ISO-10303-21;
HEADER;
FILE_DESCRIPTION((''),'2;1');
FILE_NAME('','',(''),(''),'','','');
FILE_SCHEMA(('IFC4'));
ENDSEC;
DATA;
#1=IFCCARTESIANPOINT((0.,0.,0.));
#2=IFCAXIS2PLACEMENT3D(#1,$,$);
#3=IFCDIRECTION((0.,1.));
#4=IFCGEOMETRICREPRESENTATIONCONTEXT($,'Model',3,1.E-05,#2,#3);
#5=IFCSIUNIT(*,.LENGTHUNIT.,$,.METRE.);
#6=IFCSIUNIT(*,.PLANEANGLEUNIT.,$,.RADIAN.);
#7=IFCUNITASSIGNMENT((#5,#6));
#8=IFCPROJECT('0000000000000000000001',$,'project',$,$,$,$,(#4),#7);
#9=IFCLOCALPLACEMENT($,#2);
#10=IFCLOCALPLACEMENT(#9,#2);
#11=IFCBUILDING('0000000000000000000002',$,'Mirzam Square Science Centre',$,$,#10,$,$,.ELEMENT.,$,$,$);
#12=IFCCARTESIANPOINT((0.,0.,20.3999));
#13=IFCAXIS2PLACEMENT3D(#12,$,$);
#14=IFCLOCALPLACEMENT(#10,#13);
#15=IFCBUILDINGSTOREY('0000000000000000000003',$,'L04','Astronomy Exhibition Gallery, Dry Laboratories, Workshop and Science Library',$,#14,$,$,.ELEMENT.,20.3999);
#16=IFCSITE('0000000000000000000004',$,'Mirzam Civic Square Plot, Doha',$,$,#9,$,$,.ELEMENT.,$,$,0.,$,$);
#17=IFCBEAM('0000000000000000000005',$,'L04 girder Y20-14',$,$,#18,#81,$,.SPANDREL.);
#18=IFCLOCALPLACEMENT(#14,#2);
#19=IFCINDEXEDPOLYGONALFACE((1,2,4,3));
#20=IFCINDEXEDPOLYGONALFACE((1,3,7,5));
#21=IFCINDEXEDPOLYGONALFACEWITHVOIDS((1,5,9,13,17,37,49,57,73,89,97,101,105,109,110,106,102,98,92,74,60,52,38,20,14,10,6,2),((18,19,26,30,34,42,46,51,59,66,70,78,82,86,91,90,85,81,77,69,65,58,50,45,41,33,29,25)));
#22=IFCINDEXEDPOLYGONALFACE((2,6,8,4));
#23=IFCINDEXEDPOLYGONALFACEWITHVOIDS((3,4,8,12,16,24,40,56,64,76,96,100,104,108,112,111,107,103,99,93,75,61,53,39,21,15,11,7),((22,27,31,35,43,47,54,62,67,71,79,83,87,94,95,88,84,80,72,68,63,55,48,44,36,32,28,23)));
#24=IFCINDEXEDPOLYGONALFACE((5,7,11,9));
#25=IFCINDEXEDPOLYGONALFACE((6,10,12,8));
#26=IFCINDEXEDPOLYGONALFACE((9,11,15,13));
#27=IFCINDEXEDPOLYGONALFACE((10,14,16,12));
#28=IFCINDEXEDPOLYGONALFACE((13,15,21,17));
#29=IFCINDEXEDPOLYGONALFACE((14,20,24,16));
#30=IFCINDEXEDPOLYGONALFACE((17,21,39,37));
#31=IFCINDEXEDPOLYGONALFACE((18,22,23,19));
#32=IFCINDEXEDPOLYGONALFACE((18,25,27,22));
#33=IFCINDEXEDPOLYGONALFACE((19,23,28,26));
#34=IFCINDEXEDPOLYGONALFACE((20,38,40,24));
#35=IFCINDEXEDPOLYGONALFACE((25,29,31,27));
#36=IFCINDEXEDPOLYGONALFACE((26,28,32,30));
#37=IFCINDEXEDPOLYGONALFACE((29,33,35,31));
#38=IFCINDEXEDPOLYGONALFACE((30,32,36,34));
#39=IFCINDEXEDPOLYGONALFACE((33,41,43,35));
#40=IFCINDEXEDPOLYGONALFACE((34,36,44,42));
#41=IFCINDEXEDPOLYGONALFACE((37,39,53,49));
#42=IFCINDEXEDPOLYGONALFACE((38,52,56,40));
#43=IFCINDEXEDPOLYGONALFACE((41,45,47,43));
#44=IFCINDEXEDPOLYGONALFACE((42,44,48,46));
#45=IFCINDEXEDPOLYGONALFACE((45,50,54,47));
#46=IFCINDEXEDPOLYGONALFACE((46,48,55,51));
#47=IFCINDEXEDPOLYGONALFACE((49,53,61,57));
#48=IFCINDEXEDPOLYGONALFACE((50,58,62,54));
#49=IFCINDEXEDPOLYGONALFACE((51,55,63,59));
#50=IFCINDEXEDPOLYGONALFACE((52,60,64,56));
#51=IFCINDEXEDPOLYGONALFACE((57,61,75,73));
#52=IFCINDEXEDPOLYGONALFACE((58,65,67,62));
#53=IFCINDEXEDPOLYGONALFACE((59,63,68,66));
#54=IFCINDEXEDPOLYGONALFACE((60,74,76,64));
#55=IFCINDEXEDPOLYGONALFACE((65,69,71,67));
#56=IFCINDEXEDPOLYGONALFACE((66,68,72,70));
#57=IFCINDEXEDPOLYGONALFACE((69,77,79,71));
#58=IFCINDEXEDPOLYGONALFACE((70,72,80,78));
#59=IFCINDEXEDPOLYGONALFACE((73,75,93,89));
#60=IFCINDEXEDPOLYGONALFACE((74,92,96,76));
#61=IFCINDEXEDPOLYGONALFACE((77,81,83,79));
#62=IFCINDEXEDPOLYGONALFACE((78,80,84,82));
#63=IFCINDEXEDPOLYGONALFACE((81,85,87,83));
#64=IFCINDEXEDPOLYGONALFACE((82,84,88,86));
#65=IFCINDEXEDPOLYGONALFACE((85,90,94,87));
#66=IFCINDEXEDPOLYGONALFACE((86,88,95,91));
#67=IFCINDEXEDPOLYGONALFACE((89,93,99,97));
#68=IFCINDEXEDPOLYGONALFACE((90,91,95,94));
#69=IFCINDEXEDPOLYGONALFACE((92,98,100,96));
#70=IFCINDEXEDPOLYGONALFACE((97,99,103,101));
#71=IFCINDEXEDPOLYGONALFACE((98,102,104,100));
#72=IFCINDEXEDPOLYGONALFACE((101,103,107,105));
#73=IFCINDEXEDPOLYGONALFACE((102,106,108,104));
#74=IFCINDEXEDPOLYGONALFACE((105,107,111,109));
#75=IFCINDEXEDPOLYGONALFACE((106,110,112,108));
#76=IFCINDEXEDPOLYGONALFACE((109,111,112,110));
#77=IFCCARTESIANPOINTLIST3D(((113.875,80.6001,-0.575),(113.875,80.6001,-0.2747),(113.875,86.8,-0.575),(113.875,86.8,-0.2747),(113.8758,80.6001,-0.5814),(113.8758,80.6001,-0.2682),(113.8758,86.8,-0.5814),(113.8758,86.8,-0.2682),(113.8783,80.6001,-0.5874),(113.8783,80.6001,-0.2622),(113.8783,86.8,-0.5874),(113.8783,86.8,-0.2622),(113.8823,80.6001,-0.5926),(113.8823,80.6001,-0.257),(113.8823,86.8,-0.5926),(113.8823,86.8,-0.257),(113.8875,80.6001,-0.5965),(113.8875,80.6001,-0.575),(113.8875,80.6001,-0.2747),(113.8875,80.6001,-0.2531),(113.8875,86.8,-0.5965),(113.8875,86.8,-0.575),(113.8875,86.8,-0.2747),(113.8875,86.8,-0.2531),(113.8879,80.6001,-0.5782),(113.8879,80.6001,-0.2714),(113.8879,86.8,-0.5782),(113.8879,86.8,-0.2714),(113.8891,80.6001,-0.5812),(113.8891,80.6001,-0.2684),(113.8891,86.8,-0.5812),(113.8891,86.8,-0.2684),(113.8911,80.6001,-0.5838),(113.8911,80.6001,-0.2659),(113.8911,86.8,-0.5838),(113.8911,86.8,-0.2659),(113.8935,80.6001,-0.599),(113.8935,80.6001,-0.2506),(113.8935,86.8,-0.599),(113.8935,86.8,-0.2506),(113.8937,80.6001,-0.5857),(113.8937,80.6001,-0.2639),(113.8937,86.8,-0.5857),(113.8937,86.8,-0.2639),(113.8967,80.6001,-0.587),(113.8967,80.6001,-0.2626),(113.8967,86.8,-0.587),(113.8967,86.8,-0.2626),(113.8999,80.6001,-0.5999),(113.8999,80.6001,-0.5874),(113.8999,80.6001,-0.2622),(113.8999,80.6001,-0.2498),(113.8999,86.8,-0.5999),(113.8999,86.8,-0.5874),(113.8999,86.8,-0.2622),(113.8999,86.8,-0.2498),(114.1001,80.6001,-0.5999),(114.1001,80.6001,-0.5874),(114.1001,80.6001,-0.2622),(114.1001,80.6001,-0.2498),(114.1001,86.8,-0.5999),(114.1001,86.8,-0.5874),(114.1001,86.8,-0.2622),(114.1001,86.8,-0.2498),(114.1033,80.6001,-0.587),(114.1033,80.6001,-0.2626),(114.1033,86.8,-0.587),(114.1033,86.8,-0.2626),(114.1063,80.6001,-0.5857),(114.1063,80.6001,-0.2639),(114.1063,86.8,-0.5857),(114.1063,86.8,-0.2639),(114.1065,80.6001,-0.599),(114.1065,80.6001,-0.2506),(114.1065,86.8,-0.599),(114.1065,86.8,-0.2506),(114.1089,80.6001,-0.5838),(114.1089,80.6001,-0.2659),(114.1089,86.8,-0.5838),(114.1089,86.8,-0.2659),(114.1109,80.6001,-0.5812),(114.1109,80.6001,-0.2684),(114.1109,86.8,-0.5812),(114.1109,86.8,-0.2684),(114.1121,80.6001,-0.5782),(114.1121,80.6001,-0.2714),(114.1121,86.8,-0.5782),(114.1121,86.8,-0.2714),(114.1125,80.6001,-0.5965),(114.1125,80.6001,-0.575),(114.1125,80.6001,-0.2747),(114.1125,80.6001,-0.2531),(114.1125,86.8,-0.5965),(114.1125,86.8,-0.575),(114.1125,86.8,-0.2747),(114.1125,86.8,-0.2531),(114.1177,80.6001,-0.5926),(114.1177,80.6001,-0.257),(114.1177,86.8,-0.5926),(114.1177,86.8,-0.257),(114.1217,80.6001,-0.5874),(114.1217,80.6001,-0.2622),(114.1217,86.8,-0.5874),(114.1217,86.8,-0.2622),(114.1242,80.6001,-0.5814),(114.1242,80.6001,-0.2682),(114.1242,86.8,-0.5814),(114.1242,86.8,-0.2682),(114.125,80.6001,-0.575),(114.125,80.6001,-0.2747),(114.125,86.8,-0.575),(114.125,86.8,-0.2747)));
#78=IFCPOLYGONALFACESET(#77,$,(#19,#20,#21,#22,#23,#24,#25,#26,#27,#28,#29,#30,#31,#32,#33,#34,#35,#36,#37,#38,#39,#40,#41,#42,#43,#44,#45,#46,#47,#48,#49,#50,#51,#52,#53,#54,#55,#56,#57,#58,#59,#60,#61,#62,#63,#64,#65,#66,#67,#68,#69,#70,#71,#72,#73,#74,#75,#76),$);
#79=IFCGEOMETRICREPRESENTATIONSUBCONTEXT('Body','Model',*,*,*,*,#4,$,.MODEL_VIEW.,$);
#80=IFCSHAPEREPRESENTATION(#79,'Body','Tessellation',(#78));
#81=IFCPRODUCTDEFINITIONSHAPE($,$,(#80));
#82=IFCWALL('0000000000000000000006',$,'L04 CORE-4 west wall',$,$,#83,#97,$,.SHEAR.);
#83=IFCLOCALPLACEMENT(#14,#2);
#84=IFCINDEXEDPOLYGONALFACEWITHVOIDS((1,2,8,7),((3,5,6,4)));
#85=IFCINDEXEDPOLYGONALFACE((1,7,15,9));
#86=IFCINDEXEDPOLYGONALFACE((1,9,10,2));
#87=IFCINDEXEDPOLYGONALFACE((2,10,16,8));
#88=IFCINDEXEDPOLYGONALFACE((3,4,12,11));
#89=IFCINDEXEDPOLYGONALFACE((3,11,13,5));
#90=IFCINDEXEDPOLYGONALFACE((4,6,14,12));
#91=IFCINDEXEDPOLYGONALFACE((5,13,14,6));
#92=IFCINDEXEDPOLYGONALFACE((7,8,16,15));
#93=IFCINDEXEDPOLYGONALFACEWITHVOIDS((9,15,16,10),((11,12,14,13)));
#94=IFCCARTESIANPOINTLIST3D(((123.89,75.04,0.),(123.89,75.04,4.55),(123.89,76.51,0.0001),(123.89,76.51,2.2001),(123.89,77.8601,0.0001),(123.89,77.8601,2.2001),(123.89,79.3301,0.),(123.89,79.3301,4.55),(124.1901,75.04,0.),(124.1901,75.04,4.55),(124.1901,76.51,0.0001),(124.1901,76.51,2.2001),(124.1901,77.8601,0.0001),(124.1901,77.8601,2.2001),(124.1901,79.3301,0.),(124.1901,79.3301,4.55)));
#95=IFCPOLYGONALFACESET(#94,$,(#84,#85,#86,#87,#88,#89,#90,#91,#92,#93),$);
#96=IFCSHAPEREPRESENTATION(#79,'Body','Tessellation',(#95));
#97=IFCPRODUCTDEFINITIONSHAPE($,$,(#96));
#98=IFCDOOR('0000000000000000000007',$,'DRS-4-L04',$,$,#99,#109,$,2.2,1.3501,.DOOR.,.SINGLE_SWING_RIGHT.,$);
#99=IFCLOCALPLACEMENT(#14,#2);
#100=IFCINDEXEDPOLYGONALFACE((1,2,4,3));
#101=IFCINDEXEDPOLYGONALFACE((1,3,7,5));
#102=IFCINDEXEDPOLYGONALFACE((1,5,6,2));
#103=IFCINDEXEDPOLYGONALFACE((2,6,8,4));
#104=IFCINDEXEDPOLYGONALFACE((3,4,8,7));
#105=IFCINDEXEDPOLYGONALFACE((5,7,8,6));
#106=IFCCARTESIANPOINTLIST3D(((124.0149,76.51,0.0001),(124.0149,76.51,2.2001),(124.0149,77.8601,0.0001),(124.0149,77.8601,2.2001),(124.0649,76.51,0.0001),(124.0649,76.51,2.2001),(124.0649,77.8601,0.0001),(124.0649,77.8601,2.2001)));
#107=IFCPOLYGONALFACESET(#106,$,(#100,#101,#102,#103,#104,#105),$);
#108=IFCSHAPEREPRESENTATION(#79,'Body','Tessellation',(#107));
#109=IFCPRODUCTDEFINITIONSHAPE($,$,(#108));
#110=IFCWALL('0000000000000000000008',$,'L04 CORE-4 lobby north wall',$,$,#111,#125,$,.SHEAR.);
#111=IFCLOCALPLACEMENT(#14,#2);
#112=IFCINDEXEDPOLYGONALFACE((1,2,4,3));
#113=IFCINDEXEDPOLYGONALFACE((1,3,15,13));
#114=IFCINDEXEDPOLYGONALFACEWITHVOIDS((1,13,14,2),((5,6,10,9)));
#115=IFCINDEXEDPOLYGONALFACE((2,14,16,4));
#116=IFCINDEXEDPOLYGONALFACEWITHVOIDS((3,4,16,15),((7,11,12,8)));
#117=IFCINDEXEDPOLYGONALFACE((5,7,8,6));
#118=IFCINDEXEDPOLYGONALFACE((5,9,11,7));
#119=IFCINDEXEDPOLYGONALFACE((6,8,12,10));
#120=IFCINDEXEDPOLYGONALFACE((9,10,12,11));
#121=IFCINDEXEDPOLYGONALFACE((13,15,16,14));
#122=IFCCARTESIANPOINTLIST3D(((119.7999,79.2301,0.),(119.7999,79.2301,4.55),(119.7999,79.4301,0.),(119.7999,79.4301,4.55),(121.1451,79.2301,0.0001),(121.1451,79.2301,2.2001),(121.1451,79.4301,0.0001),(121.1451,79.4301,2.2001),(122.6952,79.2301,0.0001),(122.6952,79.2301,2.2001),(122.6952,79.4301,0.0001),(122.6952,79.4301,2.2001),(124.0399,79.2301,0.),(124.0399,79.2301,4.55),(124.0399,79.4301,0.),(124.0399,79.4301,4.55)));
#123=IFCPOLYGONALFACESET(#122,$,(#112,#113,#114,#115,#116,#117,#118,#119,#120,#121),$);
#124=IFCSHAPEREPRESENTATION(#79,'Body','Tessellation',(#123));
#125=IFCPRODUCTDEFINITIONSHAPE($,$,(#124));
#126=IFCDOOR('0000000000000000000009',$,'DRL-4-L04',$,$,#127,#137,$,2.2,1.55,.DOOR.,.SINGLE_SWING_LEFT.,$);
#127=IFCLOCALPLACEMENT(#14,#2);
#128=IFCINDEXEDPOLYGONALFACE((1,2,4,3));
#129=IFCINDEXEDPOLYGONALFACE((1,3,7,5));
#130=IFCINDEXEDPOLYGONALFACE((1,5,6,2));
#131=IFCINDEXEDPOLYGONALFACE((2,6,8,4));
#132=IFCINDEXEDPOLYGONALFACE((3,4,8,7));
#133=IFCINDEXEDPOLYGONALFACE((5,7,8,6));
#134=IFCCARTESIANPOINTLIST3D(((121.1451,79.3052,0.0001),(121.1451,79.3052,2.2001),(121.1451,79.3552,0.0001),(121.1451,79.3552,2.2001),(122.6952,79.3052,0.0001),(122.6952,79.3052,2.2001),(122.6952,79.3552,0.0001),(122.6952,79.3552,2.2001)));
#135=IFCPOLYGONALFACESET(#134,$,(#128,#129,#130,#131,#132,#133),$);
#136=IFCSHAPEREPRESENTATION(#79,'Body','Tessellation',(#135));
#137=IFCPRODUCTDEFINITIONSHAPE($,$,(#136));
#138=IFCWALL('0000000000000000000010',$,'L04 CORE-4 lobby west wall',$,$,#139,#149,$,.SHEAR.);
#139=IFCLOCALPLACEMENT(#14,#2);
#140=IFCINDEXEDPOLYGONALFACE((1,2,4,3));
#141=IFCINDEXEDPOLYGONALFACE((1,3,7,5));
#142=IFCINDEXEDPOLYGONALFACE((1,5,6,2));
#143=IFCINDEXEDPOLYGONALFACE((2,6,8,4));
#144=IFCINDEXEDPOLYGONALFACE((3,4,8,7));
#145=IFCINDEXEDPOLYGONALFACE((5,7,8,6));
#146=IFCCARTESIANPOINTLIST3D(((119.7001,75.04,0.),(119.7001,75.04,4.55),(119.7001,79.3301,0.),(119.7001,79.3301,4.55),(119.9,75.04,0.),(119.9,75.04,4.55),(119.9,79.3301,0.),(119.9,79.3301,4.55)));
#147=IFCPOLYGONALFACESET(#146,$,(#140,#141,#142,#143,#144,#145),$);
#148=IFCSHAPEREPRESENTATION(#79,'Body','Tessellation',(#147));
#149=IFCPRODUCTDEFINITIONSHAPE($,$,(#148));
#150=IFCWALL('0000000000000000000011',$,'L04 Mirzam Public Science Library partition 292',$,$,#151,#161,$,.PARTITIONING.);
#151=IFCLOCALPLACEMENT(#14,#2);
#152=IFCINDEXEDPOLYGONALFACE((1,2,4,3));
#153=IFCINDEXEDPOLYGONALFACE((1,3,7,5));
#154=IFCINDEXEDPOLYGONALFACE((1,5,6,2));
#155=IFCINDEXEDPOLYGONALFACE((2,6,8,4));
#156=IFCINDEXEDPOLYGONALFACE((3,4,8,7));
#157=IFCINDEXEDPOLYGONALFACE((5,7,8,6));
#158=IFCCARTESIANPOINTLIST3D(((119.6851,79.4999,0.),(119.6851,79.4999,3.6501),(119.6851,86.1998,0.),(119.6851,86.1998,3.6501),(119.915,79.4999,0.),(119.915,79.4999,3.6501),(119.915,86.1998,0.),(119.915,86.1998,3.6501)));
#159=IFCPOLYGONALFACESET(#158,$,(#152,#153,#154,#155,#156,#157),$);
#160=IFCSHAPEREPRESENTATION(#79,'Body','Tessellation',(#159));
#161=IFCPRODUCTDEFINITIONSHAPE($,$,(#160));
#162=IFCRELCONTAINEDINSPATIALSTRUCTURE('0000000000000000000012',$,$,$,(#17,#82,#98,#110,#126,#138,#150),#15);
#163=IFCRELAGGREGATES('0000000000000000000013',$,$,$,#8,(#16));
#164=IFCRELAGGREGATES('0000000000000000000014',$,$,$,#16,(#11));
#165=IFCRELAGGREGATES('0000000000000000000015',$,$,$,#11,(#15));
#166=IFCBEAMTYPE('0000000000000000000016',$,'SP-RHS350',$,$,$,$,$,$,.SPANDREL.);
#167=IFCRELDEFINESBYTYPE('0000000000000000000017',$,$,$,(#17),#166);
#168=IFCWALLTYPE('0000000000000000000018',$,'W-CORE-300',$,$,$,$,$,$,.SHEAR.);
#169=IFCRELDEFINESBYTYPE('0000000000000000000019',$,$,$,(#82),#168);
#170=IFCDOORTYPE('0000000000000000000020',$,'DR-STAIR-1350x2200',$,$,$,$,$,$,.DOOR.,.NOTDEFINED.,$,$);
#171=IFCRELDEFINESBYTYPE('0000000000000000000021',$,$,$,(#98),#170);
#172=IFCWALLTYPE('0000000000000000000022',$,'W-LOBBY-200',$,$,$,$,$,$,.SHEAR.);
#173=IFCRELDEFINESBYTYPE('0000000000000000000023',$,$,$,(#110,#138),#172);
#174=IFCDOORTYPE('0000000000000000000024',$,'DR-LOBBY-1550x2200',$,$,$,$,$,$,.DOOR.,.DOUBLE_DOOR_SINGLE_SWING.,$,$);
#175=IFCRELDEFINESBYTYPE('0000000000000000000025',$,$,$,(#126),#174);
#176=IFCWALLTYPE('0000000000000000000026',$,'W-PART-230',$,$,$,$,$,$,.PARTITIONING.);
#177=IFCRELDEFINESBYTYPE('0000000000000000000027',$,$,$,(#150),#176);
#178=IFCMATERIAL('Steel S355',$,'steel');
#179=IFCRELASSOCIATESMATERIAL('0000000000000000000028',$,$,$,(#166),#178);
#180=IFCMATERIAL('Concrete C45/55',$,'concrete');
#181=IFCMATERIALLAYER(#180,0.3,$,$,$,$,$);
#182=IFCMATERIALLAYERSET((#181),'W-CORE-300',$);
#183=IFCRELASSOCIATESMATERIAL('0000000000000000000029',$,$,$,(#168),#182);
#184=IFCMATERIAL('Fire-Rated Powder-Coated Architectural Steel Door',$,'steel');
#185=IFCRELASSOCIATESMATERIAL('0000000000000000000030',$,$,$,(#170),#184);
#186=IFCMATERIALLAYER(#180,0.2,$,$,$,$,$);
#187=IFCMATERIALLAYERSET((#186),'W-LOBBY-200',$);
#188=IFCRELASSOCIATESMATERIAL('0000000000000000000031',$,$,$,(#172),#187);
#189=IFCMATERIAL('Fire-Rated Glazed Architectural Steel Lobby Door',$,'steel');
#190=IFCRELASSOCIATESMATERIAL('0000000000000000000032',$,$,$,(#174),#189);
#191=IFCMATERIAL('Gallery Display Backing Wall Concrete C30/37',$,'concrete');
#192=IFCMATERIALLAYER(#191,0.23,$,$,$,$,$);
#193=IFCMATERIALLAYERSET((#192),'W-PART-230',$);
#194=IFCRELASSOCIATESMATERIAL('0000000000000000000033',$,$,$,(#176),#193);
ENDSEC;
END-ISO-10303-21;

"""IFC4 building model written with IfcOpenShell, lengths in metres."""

from ifc_helpers import new_model, si_unit, direction, frame, frame_2d, origin, origin_2d, place, context, subcontext, project, spatial, rectangle, hollow_rectangle, extrude, material, layer, layer_set, material_profile, profile_set, type_object, element, fill, save


model = new_model("IFC4")

# Units and contexts
model_context = context("Model", 3, precision=1e-05, world=origin(), true_north=direction((0.0, 1.0)))
body_context = subcontext(model_context, "Body", "Model", "MODEL_VIEW")
ifc_project = project(units=[si_unit("LENGTHUNIT", "METRE"), si_unit("PLANEANGLEUNIT", "RADIAN")], contexts=[model_context])

# Site, building, storey
site_placement = place(None, origin())
site = spatial("IfcSite", under=ifc_project, at=site_placement, Name="Mirzam Civic Square Plot, Doha", CompositionType="ELEMENT", RefElevation=0.0)
building_placement = place(site_placement, origin())
building = spatial("IfcBuilding", under=site, at=building_placement, Name="Mirzam Square Science Centre", CompositionType="ELEMENT")
storey_placement = place(building_placement, frame((0.0, 0.0, 20.3999)))
storey = spatial("IfcBuildingStorey", under=building, at=storey_placement, Name="L04", Description="Astronomy Exhibition Gallery, Dry Laboratories, Workshop and Science Library", CompositionType="ELEMENT", Elevation=20.3999)

# Shared definitions
ifc_material_1 = material(Name="Steel S355", Category="steel")

# Beam
ifc_material_profile_1 = material_profile(ifc_material_1, hollow_rectangle(XDim=0.25, YDim=0.3501, WallThickness=0.0125, InnerFilletRadius=0.0125, OuterFilletRadius=0.0249, at=origin_2d()), Name="350x250x12.5RHS")
ifc_profile_set_1 = profile_set([ifc_material_profile_1], Name="Steel S355")
beam_type_1 = type_object("IfcBeamType", Name="SP-RHS350", PredefinedType="SPANDREL", material=ifc_profile_set_1)
beam_1_placement = place(storey_placement, frame((114.0, 80.6001, -0.4248), z_axis=(0.0, 1.0, 0.0), x_axis=(-1.0, 0.0, 0.0)))
element("IfcBeam", 1, at=beam_1_placement, inside=storey, type_object=beam_type_1, Name="L04 girder Y20-14", PredefinedType="SPANDREL", context=body_context, shape_type="SweptSolid", body=[
    extrude(hollow_rectangle(XDim=0.25, YDim=0.3501, WallThickness=0.0125, InnerFilletRadius=0.0125, OuterFilletRadius=0.0249, at=origin_2d()), origin(), (0.0, 0.0, 1.0), 6.2),
])

# Walls, openings, doors
ifc_material_2 = material(Name="Concrete C45/55", Category="concrete")
ifc_layer_1 = layer(ifc_material_2, 0.3)
ifc_layer_set_1 = layer_set([ifc_layer_1], Name="W-CORE-300")
wall_type_1 = type_object("IfcWallType", Name="W-CORE-300", PredefinedType="SHEAR", material=ifc_layer_set_1)
wall_1_placement = place(storey_placement, frame((124.04, 79.3301, 0.0), z_axis=(0.0, 0.0, 1.0), x_axis=(0.0, -1.0, 0.0)))
wall_1 = element("IfcWall", 2, at=wall_1_placement, inside=storey, type_object=wall_type_1, Name="L04 CORE-4 west wall", PredefinedType="SHEAR", context=body_context, shape_type="SweptSolid", body=[
    extrude(rectangle(XDim=4.29, YDim=0.3, at=frame_2d((2.145, 0.0))), origin(), (0.0, 0.0, 1.0), 4.55),
])
opening_1_placement = place(wall_1_placement, frame((1.47, 0.0, 0.0)))
opening_1 = element("IfcOpeningElement", 3, at=opening_1_placement, cuts=wall_1, PredefinedType="OPENING", context=body_context, shape_type="SweptSolid", body=[
    extrude(rectangle(XDim=1.3501, YDim=2.2, at=frame_2d((0.675, 1.1001))), frame((0.0, 0.1599, 0.0), z_axis=(0.0, -1.0, 0.0), x_axis=(1.0, 0.0, 0.0)), (0.0, 0.0, 1.0), 0.3201),
])
ifc_material_3 = material(Name="Fire-Rated Powder-Coated Architectural Steel Door", Category="steel")
door_type_1 = type_object("IfcDoorType", Name="DR-STAIR-1350x2200", OperationType="NOTDEFINED", PredefinedType="DOOR", material=ifc_material_3)
door_1_placement = place(opening_1_placement, origin())
door_1 = element("IfcDoor", 4, at=door_1_placement, inside=storey, type_object=door_type_1, Name="DRS-4-L04", OperationType="SINGLE_SWING_RIGHT", OverallHeight=2.2, OverallWidth=1.3501, PredefinedType="DOOR", context=body_context, shape_type="SweptSolid", body=[
    extrude(rectangle(XDim=1.3501, YDim=2.2, at=frame_2d((0.675, 1.1001))), frame((0.0, 0.0249, 0.0), z_axis=(0.0, -1.0, 0.0), x_axis=(1.0, 0.0, 0.0)), (0.0, 0.0, 1.0), 0.05),
])
fill(opening_1, door_1)
ifc_layer_2 = layer(ifc_material_2, 0.2)
ifc_layer_set_2 = layer_set([ifc_layer_2], Name="W-LOBBY-200")
wall_type_2 = type_object("IfcWallType", Name="W-LOBBY-200", PredefinedType="SHEAR", material=ifc_layer_set_2)
wall_2_placement = place(storey_placement, frame((124.04, 79.3301, 0.0), z_axis=(0.0, 0.0, 1.0), x_axis=(-1.0, 0.0, 0.0)))
wall_2 = element("IfcWall", 5, at=wall_2_placement, inside=storey, type_object=wall_type_2, Name="L04 CORE-4 lobby north wall", PredefinedType="SHEAR", context=body_context, shape_type="SweptSolid", body=[
    extrude(rectangle(XDim=4.24, YDim=0.2, at=frame_2d((2.1201, 0.0))), origin(), (0.0, 0.0, 1.0), 4.55),
])
opening_2_placement = place(wall_2_placement, frame((1.345, 0.0, 0.0)))
opening_2 = element("IfcOpeningElement", 6, at=opening_2_placement, cuts=wall_2, PredefinedType="OPENING", context=body_context, shape_type="SweptSolid", body=[
    extrude(rectangle(XDim=1.55, YDim=2.2, at=frame_2d((0.7749, 1.1001))), frame((0.0, 0.1099, 0.0), z_axis=(0.0, -1.0, 0.0), x_axis=(1.0, 0.0, 0.0)), (0.0, 0.0, 1.0), 0.22),
])
ifc_material_4 = material(Name="Fire-Rated Glazed Architectural Steel Lobby Door", Category="steel")
door_type_2 = type_object("IfcDoorType", Name="DR-LOBBY-1550x2200", OperationType="DOUBLE_DOOR_SINGLE_SWING", PredefinedType="DOOR", material=ifc_material_4)
door_2_placement = place(opening_2_placement, origin())
door_2 = element("IfcDoor", 7, at=door_2_placement, inside=storey, type_object=door_type_2, Name="DRL-4-L04", OperationType="SINGLE_SWING_LEFT", OverallHeight=2.2, OverallWidth=1.55, PredefinedType="DOOR", context=body_context, shape_type="SweptSolid", body=[
    extrude(rectangle(XDim=1.55, YDim=2.2, at=frame_2d((0.7749, 1.1001))), frame((0.0, 0.0249, 0.0), z_axis=(0.0, -1.0, 0.0), x_axis=(1.0, 0.0, 0.0)), (0.0, 0.0, 1.0), 0.05),
])
fill(opening_2, door_2)

# Walls
wall_3_placement = place(storey_placement, frame((119.8, 79.3301, 0.0), z_axis=(0.0, 0.0, 1.0), x_axis=(0.0, -1.0, 0.0)))
element("IfcWall", 8, at=wall_3_placement, inside=storey, type_object=wall_type_2, Name="L04 CORE-4 lobby west wall", PredefinedType="SHEAR", context=body_context, shape_type="SweptSolid", body=[
    extrude(rectangle(XDim=4.29, YDim=0.2, at=frame_2d((2.145, 0.0))), origin(), (0.0, 0.0, 1.0), 4.55),
])
ifc_material_5 = material(Name="Gallery Display Backing Wall Concrete C30/37", Category="concrete")
ifc_layer_3 = layer(ifc_material_5, 0.23)
ifc_layer_set_3 = layer_set([ifc_layer_3], Name="W-PART-230")
wall_type_3 = type_object("IfcWallType", Name="W-PART-230", PredefinedType="PARTITIONING", material=ifc_layer_set_3)
wall_4_placement = place(storey_placement, frame((119.8, 86.2, 0.0), z_axis=(0.0, 0.0, 1.0), x_axis=(0.0, -1.0, 0.0)))
element("IfcWall", 9, at=wall_4_placement, inside=storey, type_object=wall_type_3, Name="L04 Mirzam Public Science Library partition 292", PredefinedType="PARTITIONING", context=body_context, shape_type="SweptSolid", body=[
    extrude(rectangle(XDim=6.7, YDim=0.23, at=frame_2d((3.3501, 0.0))), origin(), (0.0, 0.0, 1.0), 3.6501),
])

save(model, "model.ifc")
